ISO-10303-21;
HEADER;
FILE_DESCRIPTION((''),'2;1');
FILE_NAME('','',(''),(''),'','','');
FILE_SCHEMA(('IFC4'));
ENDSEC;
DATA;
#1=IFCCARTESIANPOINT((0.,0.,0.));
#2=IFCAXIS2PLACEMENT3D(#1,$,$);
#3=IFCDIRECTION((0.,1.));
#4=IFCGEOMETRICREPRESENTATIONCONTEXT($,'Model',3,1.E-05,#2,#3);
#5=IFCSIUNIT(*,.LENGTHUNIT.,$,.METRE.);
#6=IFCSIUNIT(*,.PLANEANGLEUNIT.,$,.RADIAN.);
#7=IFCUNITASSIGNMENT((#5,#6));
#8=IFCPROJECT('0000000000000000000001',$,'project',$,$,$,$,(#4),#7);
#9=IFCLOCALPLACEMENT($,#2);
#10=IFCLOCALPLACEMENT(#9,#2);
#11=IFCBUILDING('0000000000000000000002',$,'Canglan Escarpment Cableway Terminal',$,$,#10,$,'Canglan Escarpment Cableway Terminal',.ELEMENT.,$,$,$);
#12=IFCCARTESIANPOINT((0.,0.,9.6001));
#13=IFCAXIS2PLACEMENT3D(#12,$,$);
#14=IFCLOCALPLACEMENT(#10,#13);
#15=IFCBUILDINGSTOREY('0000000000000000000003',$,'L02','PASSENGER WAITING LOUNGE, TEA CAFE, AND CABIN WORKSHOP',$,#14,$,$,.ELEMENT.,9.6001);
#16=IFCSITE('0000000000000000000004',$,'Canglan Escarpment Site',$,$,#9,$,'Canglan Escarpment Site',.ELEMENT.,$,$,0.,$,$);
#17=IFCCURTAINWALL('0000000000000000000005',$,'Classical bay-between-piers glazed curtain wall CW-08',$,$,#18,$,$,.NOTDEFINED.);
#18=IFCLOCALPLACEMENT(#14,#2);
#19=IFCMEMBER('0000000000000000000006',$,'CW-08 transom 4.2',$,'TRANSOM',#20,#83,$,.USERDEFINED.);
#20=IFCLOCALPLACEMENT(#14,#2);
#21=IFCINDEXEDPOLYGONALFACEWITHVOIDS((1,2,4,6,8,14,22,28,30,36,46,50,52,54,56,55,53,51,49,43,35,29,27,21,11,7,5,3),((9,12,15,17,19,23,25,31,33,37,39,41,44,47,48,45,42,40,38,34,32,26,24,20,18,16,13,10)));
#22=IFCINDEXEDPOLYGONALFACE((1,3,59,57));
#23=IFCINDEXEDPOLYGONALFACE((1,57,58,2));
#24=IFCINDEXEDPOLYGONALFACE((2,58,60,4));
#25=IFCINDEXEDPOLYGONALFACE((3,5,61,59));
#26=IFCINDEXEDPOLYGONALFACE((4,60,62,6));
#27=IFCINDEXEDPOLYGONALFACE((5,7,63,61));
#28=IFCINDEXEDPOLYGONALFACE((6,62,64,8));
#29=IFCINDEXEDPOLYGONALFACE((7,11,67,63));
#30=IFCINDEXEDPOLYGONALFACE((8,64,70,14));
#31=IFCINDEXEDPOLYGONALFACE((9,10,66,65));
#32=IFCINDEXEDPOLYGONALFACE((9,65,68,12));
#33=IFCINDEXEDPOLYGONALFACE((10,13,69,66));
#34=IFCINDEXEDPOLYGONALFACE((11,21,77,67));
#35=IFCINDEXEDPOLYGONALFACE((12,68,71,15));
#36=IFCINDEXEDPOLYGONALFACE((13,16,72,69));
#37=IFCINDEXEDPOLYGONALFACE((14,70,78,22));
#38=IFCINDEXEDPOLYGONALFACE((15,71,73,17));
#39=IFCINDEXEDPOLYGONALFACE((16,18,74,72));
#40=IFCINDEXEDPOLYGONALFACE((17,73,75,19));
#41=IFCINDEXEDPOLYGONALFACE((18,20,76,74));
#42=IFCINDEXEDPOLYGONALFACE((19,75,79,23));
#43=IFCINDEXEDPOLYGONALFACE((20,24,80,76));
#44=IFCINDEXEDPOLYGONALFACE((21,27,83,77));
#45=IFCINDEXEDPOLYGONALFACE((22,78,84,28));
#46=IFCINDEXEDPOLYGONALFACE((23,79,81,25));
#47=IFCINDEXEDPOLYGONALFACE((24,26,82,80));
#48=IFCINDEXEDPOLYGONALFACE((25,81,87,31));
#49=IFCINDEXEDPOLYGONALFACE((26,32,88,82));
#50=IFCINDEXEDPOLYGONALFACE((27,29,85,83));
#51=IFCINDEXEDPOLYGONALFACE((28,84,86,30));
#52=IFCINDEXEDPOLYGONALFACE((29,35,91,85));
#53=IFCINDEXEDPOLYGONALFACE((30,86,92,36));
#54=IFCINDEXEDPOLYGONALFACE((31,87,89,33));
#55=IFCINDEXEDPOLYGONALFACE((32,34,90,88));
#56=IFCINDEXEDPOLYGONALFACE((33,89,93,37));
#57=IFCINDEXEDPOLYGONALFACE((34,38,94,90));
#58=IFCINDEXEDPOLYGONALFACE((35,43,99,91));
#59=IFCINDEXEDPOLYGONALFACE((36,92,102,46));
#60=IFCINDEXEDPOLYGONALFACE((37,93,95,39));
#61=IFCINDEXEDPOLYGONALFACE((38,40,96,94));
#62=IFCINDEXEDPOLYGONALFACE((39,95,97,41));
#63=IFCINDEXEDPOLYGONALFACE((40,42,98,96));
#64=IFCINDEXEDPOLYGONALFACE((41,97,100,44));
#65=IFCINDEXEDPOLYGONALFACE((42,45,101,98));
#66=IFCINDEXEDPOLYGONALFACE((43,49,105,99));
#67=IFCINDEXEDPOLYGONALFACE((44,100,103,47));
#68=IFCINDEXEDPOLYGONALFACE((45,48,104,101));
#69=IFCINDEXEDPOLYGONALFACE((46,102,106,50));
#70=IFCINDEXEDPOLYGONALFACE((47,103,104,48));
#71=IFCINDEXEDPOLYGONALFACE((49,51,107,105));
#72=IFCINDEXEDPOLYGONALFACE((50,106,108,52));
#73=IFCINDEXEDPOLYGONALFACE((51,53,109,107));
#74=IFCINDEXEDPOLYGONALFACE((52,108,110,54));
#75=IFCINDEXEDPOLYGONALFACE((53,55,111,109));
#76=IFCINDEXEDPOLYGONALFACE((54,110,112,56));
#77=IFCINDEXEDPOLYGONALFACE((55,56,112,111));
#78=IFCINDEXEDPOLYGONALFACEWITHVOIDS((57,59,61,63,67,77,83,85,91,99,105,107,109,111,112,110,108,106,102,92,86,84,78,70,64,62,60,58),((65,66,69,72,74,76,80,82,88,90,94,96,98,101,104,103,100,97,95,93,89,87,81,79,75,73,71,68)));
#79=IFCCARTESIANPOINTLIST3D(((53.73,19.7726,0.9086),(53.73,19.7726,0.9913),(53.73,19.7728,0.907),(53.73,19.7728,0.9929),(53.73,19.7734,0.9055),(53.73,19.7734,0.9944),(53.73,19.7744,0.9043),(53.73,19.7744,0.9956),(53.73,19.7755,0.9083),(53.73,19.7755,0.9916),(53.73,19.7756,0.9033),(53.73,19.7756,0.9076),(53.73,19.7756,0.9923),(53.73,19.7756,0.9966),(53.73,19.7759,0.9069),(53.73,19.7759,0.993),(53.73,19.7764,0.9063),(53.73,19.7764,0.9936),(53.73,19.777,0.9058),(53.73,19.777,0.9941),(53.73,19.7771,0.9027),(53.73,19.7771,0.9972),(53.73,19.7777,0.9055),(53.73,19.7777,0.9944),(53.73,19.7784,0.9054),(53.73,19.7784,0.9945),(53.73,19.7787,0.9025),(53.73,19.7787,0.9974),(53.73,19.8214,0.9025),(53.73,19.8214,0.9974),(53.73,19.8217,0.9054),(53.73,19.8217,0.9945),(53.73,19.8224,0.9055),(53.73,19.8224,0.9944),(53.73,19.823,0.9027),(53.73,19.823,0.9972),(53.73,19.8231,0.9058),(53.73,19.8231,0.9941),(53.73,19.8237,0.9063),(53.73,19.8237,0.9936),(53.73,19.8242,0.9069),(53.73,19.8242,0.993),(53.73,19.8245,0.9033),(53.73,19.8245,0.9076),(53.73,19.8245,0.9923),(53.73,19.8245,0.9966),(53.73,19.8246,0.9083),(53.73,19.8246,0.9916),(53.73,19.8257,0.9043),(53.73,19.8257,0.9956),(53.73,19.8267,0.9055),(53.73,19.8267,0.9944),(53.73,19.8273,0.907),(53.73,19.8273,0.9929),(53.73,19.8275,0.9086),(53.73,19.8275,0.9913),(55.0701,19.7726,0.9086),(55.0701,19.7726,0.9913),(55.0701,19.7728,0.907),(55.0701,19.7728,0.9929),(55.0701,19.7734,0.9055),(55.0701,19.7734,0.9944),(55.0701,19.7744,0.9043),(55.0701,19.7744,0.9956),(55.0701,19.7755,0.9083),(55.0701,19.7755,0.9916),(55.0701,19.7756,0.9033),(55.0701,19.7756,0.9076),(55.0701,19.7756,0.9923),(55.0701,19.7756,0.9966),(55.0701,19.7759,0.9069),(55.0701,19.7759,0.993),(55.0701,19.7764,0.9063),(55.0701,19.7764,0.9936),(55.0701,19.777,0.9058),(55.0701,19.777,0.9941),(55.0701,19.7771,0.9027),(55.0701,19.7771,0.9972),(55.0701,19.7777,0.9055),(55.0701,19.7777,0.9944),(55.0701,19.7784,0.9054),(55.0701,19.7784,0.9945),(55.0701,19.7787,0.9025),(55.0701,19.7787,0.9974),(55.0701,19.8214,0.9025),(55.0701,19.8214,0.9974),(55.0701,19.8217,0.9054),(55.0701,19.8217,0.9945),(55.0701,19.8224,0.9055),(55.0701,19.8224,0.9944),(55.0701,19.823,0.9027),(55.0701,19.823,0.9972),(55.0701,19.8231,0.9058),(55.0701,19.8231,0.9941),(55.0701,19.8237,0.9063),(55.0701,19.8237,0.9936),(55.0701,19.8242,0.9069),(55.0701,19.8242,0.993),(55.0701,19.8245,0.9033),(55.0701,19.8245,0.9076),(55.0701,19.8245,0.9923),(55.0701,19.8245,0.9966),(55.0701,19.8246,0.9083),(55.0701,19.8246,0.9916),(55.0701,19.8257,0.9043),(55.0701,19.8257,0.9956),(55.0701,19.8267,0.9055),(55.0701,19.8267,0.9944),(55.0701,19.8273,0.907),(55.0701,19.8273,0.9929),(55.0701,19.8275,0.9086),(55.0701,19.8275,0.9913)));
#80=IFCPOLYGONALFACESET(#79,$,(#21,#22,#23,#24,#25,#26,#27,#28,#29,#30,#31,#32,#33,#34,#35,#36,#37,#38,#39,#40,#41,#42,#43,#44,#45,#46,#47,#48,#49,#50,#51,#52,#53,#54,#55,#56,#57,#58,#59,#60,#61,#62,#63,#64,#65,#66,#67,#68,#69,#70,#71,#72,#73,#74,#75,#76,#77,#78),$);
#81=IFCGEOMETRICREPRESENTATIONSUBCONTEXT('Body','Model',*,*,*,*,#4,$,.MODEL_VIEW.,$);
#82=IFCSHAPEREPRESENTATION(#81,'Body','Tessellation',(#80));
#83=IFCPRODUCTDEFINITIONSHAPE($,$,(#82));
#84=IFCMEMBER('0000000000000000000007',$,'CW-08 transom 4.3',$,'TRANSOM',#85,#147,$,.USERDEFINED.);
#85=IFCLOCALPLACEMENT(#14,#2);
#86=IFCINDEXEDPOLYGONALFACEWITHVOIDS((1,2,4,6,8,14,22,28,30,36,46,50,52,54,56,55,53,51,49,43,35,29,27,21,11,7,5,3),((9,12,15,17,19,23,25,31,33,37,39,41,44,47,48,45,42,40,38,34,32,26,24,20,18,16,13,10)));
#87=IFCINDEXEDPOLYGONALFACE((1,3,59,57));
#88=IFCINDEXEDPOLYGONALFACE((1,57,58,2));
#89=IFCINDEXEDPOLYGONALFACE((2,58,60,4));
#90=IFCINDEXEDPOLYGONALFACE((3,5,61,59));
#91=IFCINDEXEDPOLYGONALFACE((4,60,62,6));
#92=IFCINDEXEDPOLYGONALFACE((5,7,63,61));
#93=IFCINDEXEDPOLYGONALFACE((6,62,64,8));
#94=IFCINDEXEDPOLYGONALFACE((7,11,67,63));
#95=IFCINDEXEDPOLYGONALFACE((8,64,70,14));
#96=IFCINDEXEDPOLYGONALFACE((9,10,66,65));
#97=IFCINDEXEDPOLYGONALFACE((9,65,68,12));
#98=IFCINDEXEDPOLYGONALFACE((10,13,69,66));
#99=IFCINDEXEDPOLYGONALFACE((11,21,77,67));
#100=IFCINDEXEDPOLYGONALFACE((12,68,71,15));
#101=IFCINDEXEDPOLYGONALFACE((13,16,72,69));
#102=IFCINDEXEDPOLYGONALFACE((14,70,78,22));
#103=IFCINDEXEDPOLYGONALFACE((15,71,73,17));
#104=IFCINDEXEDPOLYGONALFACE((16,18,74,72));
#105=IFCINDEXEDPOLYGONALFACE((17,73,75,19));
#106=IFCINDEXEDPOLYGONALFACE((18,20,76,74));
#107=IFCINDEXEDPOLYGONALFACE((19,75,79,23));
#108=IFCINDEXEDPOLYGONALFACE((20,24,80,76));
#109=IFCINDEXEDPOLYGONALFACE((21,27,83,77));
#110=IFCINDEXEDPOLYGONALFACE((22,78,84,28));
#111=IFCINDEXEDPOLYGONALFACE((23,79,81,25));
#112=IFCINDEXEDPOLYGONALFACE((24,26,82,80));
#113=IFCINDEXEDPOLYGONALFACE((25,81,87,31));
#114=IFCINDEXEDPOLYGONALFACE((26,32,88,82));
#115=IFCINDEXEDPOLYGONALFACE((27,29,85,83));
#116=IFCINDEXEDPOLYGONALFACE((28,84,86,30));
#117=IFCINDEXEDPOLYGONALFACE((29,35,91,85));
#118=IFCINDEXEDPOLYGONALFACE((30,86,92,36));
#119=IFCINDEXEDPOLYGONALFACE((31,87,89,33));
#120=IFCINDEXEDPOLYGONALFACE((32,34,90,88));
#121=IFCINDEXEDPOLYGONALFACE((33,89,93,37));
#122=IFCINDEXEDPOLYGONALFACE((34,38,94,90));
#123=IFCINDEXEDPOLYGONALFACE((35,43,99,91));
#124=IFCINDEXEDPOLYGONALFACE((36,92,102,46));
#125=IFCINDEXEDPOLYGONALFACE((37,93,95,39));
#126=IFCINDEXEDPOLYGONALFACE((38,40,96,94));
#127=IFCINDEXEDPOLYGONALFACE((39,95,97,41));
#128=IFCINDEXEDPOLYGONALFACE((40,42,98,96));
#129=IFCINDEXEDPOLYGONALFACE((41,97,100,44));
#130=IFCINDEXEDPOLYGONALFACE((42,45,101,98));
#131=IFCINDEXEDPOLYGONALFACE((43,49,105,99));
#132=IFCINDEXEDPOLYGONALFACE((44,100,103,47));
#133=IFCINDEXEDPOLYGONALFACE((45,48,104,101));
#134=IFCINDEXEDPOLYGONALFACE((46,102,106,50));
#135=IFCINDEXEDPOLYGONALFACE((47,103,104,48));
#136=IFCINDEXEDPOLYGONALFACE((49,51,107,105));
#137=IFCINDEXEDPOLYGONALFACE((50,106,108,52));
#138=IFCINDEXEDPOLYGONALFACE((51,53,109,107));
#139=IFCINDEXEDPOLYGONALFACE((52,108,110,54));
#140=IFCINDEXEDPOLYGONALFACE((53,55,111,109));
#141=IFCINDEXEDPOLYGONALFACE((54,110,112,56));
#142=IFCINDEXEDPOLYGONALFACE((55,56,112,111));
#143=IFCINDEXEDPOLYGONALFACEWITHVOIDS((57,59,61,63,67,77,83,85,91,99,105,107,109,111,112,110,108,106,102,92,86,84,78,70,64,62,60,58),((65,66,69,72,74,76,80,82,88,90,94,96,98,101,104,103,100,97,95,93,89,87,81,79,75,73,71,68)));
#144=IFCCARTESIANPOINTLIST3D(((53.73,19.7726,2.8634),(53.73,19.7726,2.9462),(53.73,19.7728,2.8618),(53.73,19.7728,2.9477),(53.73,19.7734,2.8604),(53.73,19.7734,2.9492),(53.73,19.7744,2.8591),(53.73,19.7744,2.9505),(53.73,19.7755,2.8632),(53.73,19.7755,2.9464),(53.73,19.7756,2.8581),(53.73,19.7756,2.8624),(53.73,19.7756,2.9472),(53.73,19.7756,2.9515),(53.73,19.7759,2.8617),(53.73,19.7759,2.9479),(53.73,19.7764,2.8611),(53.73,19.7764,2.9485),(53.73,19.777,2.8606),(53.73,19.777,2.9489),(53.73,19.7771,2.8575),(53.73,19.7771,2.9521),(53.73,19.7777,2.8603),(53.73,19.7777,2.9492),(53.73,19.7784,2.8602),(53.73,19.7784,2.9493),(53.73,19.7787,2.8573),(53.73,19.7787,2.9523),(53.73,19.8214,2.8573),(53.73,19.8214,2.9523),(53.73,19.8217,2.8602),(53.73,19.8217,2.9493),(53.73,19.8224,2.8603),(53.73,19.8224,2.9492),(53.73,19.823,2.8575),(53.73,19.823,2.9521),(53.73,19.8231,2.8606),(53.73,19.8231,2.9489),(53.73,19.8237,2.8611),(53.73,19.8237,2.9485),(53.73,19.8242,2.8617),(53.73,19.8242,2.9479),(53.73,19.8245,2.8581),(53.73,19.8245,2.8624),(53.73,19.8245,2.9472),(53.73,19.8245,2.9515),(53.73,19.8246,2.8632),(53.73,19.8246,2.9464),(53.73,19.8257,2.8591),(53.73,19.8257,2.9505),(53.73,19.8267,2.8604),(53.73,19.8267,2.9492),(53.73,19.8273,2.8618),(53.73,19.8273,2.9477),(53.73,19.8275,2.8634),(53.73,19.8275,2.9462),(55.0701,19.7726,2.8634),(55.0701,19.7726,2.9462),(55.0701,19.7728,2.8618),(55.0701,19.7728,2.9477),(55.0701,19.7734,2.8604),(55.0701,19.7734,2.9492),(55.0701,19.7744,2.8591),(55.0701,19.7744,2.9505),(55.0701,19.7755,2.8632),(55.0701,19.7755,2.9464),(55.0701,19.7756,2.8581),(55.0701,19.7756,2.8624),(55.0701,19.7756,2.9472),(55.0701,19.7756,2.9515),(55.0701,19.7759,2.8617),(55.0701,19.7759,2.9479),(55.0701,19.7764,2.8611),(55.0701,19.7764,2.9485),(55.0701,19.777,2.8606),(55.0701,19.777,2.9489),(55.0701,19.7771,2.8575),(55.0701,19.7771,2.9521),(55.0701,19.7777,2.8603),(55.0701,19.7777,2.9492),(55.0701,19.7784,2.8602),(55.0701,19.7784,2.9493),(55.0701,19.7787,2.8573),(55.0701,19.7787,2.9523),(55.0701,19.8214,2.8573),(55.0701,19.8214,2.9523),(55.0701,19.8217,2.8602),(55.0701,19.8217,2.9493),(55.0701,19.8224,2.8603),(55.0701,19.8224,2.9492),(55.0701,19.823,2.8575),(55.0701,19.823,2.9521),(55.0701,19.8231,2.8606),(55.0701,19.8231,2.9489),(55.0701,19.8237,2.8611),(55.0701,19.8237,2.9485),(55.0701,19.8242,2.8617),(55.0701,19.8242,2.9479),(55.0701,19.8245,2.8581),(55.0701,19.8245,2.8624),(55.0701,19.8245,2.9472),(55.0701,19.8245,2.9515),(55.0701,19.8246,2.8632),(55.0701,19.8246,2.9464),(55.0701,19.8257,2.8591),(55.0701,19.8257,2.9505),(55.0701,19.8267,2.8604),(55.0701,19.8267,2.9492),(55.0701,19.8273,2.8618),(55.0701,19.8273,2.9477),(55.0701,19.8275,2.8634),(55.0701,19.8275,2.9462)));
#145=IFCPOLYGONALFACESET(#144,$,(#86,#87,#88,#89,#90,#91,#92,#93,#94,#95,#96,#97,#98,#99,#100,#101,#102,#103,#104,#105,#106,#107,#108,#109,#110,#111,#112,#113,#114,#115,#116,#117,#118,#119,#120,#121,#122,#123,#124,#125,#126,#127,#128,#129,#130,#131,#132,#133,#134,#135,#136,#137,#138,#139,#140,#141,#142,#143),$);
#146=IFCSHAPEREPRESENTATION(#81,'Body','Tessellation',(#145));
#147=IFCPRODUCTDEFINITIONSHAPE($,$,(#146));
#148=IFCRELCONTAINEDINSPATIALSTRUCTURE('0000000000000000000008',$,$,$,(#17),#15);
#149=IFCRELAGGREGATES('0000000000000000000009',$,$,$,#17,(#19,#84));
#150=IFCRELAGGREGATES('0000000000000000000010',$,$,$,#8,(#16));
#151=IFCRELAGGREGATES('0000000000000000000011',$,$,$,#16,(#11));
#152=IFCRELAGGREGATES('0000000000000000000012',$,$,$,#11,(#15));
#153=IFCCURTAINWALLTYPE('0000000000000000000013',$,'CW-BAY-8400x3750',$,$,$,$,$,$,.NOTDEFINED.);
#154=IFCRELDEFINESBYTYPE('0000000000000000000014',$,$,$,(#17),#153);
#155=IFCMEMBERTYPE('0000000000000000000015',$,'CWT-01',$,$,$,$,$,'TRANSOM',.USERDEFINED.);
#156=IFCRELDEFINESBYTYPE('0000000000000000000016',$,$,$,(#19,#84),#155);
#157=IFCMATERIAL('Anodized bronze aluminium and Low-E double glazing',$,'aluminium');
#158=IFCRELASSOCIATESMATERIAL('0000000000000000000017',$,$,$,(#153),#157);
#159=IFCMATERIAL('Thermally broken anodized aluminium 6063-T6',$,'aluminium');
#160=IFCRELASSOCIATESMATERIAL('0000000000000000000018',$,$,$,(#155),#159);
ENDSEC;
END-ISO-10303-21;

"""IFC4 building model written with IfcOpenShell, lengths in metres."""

from ifc_helpers import new_model, si_unit, direction, frame, origin, origin_2d, place, context, subcontext, project, spatial, hollow_rectangle, extrude, material, material_profile, profile_set, type_object, element, aggregate, save


model = new_model("IFC4")

# Units and contexts
model_context = context("Model", 3, precision=1e-05, world=origin(), true_north=direction((0.0, 1.0)))
body_context = subcontext(model_context, "Body", "Model", "MODEL_VIEW")
ifc_project = project(units=[si_unit("LENGTHUNIT", "METRE"), si_unit("PLANEANGLEUNIT", "RADIAN")], contexts=[model_context])

# Site, building, storey
site_placement = place(None, origin())
site = spatial("IfcSite", under=ifc_project, at=site_placement, Name="Canglan Escarpment Site", LongName="Canglan Escarpment Site", CompositionType="ELEMENT", RefElevation=0.0)
building_placement = place(site_placement, origin())
building = spatial("IfcBuilding", under=site, at=building_placement, Name="Canglan Escarpment Cableway Terminal", LongName="Canglan Escarpment Cableway Terminal", CompositionType="ELEMENT")
storey_placement = place(building_placement, frame((0.0, 0.0, 9.6001)))
storey = spatial("IfcBuildingStorey", under=building, at=storey_placement, Name="L02", Description="PASSENGER WAITING LOUNGE, TEA CAFE, AND CABIN WORKSHOP", CompositionType="ELEMENT", Elevation=9.6001)

# Curtain wall, members
ifc_material_1 = material(Name="Anodized bronze aluminium and Low-E double glazing", Category="aluminium")
curtain_wall_type = type_object("IfcCurtainWallType", Name="CW-BAY-8400x3750", PredefinedType="NOTDEFINED", material=ifc_material_1)
curtain_wall_placement = place(storey_placement, origin())
curtain_wall = element("IfcCurtainWall", 1, at=curtain_wall_placement, inside=storey, type_object=curtain_wall_type, Name="Classical bay-between-piers glazed curtain wall CW-08", PredefinedType="NOTDEFINED")
ifc_material_2 = material(Name="Thermally broken anodized aluminium 6063-T6", Category="aluminium")
ifc_material_profile_1 = material_profile(ifc_material_2, hollow_rectangle(XDim=0.0549, YDim=0.095, WallThickness=0.0029, InnerFilletRadius=0.0029, OuterFilletRadius=0.0061, at=origin_2d()), Name="ALU-TRAN 55x95x3")
ifc_profile_set_1 = profile_set([ifc_material_profile_1], Name="Thermally broken anodized aluminium 6063-T6")
member_type_1 = type_object("IfcMemberType", Name="CWT-01", ElementType="TRANSOM", PredefinedType="USERDEFINED", material=ifc_profile_set_1)
member_1_placement = place(storey_placement, frame((55.0701, 19.8, 0.95), z_axis=(-1.0, 0.0, 0.0), x_axis=(0.0, -1.0, 0.0)))
member_1 = element("IfcMember", 2, at=member_1_placement, type_object=member_type_1, Name="CW-08 transom 4.2", ObjectType="TRANSOM", PredefinedType="USERDEFINED", context=body_context, shape_type="SweptSolid", body=[
    extrude(hollow_rectangle(XDim=0.0549, YDim=0.095, WallThickness=0.0029, InnerFilletRadius=0.0029, OuterFilletRadius=0.0061, at=origin_2d()), origin(), (0.0, 0.0, 1.0), 1.3401),
])
member_2_placement = place(storey_placement, frame((55.0701, 19.8, 2.9048), z_axis=(-1.0, 0.0, 0.0), x_axis=(0.0, -1.0, 0.0)))
member_2 = element("IfcMember", 3, at=member_2_placement, type_object=member_type_1, Name="CW-08 transom 4.3", ObjectType="TRANSOM", PredefinedType="USERDEFINED", context=body_context, shape_type="SweptSolid", body=[
    extrude(hollow_rectangle(XDim=0.0549, YDim=0.095, WallThickness=0.0029, InnerFilletRadius=0.0029, OuterFilletRadius=0.0061, at=origin_2d()), origin(), (0.0, 0.0, 1.0), 1.3401),
])
aggregate(curtain_wall, [member_1, member_2])

save(model, "model.ifc")
